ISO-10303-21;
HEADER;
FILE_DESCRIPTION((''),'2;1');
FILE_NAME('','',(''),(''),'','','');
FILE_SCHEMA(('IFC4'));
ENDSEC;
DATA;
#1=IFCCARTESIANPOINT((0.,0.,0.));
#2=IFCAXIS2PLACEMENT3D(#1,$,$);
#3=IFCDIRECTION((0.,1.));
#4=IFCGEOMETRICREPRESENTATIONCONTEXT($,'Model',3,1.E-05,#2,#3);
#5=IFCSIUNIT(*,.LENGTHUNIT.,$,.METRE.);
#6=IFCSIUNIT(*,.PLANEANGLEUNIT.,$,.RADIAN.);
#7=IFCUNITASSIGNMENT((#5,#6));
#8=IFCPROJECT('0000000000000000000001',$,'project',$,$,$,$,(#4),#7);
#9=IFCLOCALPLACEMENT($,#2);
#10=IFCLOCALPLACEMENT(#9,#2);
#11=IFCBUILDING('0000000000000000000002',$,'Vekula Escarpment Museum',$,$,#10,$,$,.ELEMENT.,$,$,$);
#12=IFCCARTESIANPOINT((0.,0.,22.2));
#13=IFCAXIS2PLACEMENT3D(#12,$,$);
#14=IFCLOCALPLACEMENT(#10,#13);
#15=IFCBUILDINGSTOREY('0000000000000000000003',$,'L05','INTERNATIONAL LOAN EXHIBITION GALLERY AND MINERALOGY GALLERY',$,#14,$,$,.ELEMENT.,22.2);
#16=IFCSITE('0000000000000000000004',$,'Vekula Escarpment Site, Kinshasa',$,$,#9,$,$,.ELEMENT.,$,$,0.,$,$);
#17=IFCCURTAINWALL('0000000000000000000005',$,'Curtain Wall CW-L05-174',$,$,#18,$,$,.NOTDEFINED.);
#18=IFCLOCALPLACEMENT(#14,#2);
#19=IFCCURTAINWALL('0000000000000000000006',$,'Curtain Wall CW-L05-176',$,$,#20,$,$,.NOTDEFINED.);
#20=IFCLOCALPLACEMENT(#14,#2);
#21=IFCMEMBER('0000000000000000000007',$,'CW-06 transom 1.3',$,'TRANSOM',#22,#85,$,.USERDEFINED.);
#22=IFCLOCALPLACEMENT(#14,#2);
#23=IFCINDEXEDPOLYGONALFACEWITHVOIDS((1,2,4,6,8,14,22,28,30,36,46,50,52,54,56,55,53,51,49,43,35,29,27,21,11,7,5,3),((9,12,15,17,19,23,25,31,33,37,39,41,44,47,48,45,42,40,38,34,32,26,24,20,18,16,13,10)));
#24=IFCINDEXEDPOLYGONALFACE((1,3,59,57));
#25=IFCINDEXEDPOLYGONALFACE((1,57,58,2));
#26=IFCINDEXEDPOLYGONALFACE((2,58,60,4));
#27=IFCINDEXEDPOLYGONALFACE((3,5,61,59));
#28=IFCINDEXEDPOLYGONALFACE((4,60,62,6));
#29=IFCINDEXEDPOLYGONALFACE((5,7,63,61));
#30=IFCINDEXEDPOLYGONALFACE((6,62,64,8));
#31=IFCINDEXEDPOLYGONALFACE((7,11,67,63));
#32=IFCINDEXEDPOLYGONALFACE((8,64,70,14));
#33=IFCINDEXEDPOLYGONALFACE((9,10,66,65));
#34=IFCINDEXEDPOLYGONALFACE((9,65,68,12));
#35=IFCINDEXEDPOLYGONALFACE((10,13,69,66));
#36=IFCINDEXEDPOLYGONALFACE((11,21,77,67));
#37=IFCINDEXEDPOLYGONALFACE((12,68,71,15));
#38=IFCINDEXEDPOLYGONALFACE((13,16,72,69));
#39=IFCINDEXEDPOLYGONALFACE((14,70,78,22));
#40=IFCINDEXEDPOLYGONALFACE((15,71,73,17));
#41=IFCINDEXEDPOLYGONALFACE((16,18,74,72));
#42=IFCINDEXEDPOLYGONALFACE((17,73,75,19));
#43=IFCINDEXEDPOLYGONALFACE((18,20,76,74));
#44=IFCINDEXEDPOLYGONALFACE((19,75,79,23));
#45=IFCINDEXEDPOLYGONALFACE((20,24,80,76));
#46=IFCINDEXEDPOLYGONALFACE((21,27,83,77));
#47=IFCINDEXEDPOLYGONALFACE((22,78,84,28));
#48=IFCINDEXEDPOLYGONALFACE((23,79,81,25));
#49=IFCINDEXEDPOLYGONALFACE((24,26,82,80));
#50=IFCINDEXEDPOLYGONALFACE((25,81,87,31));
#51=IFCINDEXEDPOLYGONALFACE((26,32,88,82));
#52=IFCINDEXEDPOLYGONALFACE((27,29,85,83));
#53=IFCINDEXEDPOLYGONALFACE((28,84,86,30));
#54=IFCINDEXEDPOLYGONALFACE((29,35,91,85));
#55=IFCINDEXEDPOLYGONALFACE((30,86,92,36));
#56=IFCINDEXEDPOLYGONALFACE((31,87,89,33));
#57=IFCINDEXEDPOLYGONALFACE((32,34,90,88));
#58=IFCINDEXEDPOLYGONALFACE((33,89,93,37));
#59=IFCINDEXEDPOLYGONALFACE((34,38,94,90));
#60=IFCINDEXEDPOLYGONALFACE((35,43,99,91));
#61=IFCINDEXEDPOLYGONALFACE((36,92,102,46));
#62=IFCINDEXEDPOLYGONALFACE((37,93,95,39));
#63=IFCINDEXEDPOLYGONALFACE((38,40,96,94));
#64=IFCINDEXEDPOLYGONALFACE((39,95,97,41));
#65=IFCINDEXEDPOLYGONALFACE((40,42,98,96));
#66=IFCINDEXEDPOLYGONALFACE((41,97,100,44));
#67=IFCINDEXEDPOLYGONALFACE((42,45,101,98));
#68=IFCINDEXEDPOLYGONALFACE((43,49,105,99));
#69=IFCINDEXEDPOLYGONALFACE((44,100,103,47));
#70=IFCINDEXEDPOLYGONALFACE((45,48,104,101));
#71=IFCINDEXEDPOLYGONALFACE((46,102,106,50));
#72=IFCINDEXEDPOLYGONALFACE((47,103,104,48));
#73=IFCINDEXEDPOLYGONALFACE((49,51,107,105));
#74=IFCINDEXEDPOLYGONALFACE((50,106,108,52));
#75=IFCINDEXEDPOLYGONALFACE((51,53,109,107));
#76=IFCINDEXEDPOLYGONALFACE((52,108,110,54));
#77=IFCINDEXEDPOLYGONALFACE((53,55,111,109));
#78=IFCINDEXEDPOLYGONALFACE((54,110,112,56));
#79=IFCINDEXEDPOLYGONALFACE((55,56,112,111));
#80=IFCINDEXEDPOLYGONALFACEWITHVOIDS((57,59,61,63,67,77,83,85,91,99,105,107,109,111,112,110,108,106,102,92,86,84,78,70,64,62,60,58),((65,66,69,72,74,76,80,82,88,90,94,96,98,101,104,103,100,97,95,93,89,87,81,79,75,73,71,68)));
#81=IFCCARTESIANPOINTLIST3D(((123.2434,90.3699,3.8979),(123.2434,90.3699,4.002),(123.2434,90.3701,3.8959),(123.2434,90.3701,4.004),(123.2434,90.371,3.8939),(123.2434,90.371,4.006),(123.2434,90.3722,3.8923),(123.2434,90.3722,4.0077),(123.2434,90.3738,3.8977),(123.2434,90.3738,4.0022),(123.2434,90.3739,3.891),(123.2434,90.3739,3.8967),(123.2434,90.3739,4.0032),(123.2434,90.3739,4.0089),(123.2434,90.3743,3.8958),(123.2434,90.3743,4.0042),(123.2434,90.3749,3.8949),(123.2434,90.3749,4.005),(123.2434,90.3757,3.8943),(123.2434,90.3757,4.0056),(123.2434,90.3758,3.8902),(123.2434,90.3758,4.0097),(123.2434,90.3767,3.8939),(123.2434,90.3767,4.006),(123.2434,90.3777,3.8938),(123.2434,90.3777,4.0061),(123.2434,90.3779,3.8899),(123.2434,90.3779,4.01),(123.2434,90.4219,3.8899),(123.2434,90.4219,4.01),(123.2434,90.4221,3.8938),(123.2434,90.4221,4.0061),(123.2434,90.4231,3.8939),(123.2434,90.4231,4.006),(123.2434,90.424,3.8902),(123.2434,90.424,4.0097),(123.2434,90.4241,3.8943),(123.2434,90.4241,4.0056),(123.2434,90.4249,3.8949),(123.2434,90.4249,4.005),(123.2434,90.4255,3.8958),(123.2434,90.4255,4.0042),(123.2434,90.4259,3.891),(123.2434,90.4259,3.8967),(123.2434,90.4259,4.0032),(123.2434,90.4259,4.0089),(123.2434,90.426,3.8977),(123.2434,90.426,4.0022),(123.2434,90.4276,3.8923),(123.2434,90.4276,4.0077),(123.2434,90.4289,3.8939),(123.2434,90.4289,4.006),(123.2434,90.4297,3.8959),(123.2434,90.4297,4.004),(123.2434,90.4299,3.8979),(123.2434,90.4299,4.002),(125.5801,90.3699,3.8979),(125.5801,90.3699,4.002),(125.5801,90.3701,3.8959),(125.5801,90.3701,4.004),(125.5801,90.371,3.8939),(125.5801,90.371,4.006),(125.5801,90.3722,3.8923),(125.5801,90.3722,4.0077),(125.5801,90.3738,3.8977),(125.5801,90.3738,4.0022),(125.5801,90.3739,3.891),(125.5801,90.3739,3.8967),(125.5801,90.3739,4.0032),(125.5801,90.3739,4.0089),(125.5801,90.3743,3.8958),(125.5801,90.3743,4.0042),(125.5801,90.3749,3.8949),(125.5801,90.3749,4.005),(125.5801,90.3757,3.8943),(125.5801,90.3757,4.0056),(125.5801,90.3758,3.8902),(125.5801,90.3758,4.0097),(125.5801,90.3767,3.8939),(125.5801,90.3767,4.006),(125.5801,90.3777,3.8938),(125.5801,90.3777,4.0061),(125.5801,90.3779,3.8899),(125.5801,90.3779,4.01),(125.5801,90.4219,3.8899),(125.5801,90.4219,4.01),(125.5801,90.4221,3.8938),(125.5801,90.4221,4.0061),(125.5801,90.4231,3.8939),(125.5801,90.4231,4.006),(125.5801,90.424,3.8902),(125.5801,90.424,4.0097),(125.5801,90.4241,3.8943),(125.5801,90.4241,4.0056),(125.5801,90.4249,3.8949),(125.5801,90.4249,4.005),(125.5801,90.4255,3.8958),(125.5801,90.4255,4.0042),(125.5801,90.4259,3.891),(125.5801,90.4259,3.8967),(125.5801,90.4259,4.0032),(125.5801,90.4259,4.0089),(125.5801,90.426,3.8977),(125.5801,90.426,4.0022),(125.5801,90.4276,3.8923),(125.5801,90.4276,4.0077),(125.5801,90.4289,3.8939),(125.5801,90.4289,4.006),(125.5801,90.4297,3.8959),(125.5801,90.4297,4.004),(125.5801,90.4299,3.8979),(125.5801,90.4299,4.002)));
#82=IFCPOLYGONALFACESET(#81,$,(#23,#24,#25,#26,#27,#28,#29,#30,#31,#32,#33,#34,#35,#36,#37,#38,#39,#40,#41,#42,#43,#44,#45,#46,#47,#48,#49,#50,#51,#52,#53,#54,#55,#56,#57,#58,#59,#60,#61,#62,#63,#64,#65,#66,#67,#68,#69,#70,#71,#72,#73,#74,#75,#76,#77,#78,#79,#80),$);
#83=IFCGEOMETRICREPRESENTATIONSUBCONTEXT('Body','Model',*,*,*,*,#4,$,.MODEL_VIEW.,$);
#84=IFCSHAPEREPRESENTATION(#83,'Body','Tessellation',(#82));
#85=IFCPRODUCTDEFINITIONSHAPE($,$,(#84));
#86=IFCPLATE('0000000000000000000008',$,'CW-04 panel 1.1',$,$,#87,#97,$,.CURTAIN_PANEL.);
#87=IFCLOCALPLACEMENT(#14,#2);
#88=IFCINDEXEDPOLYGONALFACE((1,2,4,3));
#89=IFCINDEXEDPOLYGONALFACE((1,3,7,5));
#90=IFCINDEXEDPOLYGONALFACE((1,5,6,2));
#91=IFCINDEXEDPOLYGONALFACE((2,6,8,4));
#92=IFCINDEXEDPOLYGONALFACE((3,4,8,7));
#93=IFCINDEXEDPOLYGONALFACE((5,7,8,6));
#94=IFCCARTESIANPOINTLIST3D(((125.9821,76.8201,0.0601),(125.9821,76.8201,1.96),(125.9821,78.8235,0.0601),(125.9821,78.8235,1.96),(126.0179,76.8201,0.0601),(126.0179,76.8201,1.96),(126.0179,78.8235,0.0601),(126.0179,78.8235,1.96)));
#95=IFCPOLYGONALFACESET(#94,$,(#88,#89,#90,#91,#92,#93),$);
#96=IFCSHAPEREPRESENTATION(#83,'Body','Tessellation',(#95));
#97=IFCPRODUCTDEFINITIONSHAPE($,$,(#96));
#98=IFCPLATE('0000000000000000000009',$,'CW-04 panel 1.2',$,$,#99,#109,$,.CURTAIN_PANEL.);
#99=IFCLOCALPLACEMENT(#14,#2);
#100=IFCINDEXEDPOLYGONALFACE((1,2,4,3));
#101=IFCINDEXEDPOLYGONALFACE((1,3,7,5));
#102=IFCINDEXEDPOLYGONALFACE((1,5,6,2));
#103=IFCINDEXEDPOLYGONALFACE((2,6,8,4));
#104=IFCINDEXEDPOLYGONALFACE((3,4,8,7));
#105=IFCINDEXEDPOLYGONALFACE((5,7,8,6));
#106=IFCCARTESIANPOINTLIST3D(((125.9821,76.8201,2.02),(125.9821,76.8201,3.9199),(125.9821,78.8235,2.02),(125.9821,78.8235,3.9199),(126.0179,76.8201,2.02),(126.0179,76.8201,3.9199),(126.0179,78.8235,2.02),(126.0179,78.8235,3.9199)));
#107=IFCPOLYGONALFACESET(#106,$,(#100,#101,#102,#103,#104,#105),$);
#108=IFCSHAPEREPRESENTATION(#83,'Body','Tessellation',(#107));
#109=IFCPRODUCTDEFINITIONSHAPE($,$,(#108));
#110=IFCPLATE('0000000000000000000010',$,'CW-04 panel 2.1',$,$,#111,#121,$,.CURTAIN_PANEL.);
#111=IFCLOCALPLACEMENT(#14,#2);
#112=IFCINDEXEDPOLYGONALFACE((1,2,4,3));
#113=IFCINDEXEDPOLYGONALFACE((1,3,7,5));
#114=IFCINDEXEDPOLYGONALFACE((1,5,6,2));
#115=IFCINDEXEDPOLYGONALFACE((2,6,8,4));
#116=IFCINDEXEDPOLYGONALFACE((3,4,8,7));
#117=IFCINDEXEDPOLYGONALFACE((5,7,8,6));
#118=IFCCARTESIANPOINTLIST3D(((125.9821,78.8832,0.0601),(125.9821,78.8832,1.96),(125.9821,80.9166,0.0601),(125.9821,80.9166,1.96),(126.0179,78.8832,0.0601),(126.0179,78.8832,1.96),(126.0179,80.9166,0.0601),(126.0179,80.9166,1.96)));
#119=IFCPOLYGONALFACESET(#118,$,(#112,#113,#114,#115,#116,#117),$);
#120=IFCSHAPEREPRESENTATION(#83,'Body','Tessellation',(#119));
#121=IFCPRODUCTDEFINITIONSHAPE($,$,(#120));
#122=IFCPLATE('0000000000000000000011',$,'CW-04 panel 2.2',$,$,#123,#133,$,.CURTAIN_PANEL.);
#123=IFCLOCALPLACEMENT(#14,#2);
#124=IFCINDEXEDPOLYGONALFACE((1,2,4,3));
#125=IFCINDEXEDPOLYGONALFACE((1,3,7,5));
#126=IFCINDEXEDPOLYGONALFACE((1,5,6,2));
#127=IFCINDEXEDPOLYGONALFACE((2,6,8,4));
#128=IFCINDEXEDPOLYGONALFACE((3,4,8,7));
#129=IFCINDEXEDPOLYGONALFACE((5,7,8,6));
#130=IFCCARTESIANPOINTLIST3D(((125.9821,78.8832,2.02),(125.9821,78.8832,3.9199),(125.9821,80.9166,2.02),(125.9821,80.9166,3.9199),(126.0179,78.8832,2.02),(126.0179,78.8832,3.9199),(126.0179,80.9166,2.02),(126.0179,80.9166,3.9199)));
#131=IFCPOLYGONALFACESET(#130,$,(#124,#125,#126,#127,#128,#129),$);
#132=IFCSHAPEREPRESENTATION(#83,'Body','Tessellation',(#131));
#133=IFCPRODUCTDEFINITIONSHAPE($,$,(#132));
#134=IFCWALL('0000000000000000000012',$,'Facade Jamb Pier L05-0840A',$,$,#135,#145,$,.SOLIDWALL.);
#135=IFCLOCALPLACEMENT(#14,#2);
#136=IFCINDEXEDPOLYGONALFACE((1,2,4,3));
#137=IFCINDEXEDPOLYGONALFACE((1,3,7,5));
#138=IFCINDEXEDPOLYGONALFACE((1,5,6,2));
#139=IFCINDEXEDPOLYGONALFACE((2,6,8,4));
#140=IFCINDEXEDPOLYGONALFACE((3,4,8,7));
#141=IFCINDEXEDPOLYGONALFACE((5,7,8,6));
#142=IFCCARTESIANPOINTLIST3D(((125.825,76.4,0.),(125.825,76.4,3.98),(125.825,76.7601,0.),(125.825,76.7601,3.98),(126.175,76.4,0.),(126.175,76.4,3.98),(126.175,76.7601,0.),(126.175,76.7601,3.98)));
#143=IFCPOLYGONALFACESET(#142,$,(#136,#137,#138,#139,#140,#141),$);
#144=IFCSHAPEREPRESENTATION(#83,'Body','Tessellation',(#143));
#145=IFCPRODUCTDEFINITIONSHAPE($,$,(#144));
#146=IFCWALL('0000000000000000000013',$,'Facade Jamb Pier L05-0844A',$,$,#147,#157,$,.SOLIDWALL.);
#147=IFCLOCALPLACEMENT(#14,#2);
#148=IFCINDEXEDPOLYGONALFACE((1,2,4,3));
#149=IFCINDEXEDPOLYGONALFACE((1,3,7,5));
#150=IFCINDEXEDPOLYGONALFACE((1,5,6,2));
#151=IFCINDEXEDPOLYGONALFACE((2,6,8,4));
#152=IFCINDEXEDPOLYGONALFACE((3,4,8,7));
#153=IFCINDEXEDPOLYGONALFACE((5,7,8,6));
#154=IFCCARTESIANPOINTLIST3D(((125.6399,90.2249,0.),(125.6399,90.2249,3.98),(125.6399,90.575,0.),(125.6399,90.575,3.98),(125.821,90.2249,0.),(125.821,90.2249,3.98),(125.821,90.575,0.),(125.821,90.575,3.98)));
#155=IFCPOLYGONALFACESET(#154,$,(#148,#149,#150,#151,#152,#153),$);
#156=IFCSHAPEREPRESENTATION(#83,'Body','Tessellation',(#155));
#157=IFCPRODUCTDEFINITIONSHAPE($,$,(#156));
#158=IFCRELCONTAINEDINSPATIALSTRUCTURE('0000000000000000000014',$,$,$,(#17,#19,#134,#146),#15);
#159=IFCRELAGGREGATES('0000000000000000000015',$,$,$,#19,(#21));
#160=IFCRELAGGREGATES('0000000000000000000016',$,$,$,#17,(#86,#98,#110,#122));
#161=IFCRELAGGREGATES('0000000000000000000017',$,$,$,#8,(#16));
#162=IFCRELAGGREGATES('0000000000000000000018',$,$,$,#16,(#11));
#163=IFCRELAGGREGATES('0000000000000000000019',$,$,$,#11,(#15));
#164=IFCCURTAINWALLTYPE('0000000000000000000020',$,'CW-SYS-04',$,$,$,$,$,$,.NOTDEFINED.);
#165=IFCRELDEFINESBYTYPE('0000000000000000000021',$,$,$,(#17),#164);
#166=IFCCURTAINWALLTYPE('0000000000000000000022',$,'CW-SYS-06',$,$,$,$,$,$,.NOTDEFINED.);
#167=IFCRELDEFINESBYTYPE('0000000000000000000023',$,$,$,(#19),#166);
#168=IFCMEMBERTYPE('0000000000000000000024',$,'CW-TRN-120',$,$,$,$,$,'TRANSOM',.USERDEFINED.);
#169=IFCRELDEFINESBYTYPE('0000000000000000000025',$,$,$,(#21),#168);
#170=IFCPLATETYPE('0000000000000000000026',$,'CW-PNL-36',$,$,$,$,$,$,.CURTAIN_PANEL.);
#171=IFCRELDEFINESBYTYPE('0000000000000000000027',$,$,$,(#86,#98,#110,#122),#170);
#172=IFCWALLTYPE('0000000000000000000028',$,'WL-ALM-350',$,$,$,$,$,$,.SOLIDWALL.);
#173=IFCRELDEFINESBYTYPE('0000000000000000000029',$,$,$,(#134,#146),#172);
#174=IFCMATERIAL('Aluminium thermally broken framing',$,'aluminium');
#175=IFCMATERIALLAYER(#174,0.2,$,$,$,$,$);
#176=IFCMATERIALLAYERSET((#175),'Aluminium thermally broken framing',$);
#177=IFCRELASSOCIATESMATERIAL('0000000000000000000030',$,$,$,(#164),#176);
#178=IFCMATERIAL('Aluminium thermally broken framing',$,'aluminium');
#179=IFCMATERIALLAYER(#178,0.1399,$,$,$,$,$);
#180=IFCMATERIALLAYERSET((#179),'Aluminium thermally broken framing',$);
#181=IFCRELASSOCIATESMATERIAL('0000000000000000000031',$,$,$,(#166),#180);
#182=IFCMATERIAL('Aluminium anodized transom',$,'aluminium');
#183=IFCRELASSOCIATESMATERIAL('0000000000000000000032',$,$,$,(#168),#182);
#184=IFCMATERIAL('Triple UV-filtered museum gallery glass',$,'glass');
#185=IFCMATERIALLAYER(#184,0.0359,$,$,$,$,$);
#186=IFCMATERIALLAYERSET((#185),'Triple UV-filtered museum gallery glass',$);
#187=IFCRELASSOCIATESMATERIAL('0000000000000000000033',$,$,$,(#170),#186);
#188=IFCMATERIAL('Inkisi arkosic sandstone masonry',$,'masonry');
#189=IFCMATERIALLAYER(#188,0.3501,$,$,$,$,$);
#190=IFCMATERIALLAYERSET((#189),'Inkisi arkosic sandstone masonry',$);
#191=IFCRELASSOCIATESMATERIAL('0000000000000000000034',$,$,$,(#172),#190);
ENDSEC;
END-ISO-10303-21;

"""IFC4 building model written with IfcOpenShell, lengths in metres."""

from ifc_helpers import new_model, si_unit, direction, frame, frame_2d, origin, origin_2d, place, context, subcontext, project, spatial, rectangle, hollow_rectangle, extrude, material, layer, layer_set, material_profile, profile_set, type_object, element, aggregate, save


model = new_model("IFC4")

# Units and contexts
model_context = context("Model", 3, precision=1e-05, world=origin(), true_north=direction((0.0, 1.0)))
body_context = subcontext(model_context, "Body", "Model", "MODEL_VIEW")
ifc_project = project(units=[si_unit("LENGTHUNIT", "METRE"), si_unit("PLANEANGLEUNIT", "RADIAN")], contexts=[model_context])

# Site, building, storey
site_placement = place(None, origin())
site = spatial("IfcSite", under=ifc_project, at=site_placement, Name="Vekula Escarpment Site, Kinshasa", CompositionType="ELEMENT", RefElevation=0.0)
building_placement = place(site_placement, origin())
building = spatial("IfcBuilding", under=site, at=building_placement, Name="Vekula Escarpment Museum", CompositionType="ELEMENT")
storey_placement = place(building_placement, frame((0.0, 0.0, 22.2)))
storey = spatial("IfcBuildingStorey", under=building, at=storey_placement, Name="L05", Description="INTERNATIONAL LOAN EXHIBITION GALLERY AND MINERALOGY GALLERY", CompositionType="ELEMENT", Elevation=22.2)

# Curtain wall
ifc_material_1 = material(Name="Aluminium thermally broken framing", Category="aluminium")
ifc_layer_1 = layer(ifc_material_1, 0.2)
ifc_layer_set_1 = layer_set([ifc_layer_1], Name="Aluminium thermally broken framing")
curtain_wall_type_1 = type_object("IfcCurtainWallType", Name="CW-SYS-04", PredefinedType="NOTDEFINED", material=ifc_layer_set_1)
curtain_wall_1_placement = place(storey_placement, origin())
curtain_wall_1 = element("IfcCurtainWall", 1, at=curtain_wall_1_placement, inside=storey, type_object=curtain_wall_type_1, Name="Curtain Wall CW-L05-174", PredefinedType="NOTDEFINED")

# Curtain wall
ifc_material_2 = material(Name="Aluminium thermally broken framing", Category="aluminium")
ifc_layer_2 = layer(ifc_material_2, 0.1399)
ifc_layer_set_2 = layer_set([ifc_layer_2], Name="Aluminium thermally broken framing")
curtain_wall_type_2 = type_object("IfcCurtainWallType", Name="CW-SYS-06", PredefinedType="NOTDEFINED", material=ifc_layer_set_2)
curtain_wall_2_placement = place(storey_placement, origin())
curtain_wall_2 = element("IfcCurtainWall", 2, at=curtain_wall_2_placement, inside=storey, type_object=curtain_wall_type_2, Name="Curtain Wall CW-L05-176", PredefinedType="NOTDEFINED")

# Member
ifc_material_3 = material(Name="Aluminium anodized transom", Category="aluminium")
ifc_material_profile_1 = material_profile(ifc_material_3, hollow_rectangle(XDim=0.0601, YDim=0.1201, WallThickness=0.0039, InnerFilletRadius=0.0039, OuterFilletRadius=0.0081, at=origin_2d()), Name="ALU 120x60x4")
ifc_profile_set_1 = profile_set([ifc_material_profile_1], Name="Aluminium anodized transom")
member_type_1 = type_object("IfcMemberType", Name="CW-TRN-120", ElementType="TRANSOM", PredefinedType="USERDEFINED", material=ifc_profile_set_1)
member_1_placement = place(storey_placement, frame((125.5801, 90.3999, 3.95), z_axis=(-1.0, 0.0, 0.0), x_axis=(0.0, -1.0, 0.0)))
member_1 = element("IfcMember", 3, at=member_1_placement, type_object=member_type_1, Name="CW-06 transom 1.3", ObjectType="TRANSOM", PredefinedType="USERDEFINED", context=body_context, shape_type="SweptSolid", body=[
    extrude(hollow_rectangle(XDim=0.0601, YDim=0.1201, WallThickness=0.0039, InnerFilletRadius=0.0039, OuterFilletRadius=0.0081, at=origin_2d()), origin(), (0.0, 0.0, 1.0), 2.3367),
])
aggregate(curtain_wall_2, [member_1])

# Plates
ifc_material_4 = material(Name="Triple UV-filtered museum gallery glass", Category="glass")
ifc_layer_3 = layer(ifc_material_4, 0.0359)
ifc_layer_set_3 = layer_set([ifc_layer_3], Name="Triple UV-filtered museum gallery glass")
plate_type = type_object("IfcPlateType", Name="CW-PNL-36", PredefinedType="CURTAIN_PANEL", material=ifc_layer_set_3)
plate_1_placement = place(storey_placement, frame((126.0, 77.8218, 0.0601), z_axis=(0.0, 0.0, 1.0), x_axis=(0.0, 1.0, 0.0)))
plate_1 = element("IfcPlate", 4, at=plate_1_placement, type_object=plate_type, Name="CW-04 panel 1.1", PredefinedType="CURTAIN_PANEL", context=body_context, shape_type="SweptSolid", body=[
    extrude(rectangle(XDim=2.0034, YDim=0.0359, at=origin_2d()), origin(), (0.0, 0.0, 1.0), 1.8999),
])
plate_2_placement = place(storey_placement, frame((126.0, 77.8218, 2.02), z_axis=(0.0, 0.0, 1.0), x_axis=(0.0, 1.0, 0.0)))
plate_2 = element("IfcPlate", 5, at=plate_2_placement, type_object=plate_type, Name="CW-04 panel 1.2", PredefinedType="CURTAIN_PANEL", context=body_context, shape_type="SweptSolid", body=[
    extrude(rectangle(XDim=2.0034, YDim=0.0359, at=origin_2d()), origin(), (0.0, 0.0, 1.0), 1.8999),
])
plate_3_placement = place(storey_placement, frame((126.0, 79.8999, 0.0601), z_axis=(0.0, 0.0, 1.0), x_axis=(0.0, 1.0, 0.0)))
plate_3 = element("IfcPlate", 6, at=plate_3_placement, type_object=plate_type, Name="CW-04 panel 2.1", PredefinedType="CURTAIN_PANEL", context=body_context, shape_type="SweptSolid", body=[
    extrude(rectangle(XDim=2.0334, YDim=0.0359, at=origin_2d()), origin(), (0.0, 0.0, 1.0), 1.8999),
])
plate_4_placement = place(storey_placement, frame((126.0, 79.8999, 2.02), z_axis=(0.0, 0.0, 1.0), x_axis=(0.0, 1.0, 0.0)))
plate_4 = element("IfcPlate", 7, at=plate_4_placement, type_object=plate_type, Name="CW-04 panel 2.2", PredefinedType="CURTAIN_PANEL", context=body_context, shape_type="SweptSolid", body=[
    extrude(rectangle(XDim=2.0334, YDim=0.0359, at=origin_2d()), origin(), (0.0, 0.0, 1.0), 1.8999),
])
aggregate(curtain_wall_1, [plate_1, plate_2, plate_3, plate_4])

# Walls
ifc_material_5 = material(Name="Inkisi arkosic sandstone masonry", Category="masonry")
ifc_layer_4 = layer(ifc_material_5, 0.3501)
ifc_layer_set_4 = layer_set([ifc_layer_4], Name="Inkisi arkosic sandstone masonry")
wall_type = type_object("IfcWallType", Name="WL-ALM-350", PredefinedType="SOLIDWALL", material=ifc_layer_set_4)
wall_1_placement = place(storey_placement, frame((126.0, 76.3999, 0.0), z_axis=(0.0, 0.0, 1.0), x_axis=(0.0, 1.0, 0.0)))
element("IfcWall", 8, at=wall_1_placement, inside=storey, type_object=wall_type, Name="Facade Jamb Pier L05-0840A", PredefinedType="SOLIDWALL", context=body_context, shape_type="SweptSolid", body=[
    extrude(rectangle(XDim=0.3601, YDim=0.3501, at=frame_2d((0.1802, 0.0))), origin(), (0.0, 0.0, 1.0), 3.98),
])
wall_2_placement = place(storey_placement, frame((125.821, 90.3999, 0.0), z_axis=(0.0, 0.0, 1.0), x_axis=(-1.0, 0.0, 0.0)))
element("IfcWall", 9, at=wall_2_placement, inside=storey, type_object=wall_type, Name="Facade Jamb Pier L05-0844A", PredefinedType="SOLIDWALL", context=body_context, shape_type="SweptSolid", body=[
    extrude(rectangle(XDim=0.1812, YDim=0.3501, at=frame_2d((0.0906, 0.0))), origin(), (0.0, 0.0, 1.0), 3.98),
])

save(model, "model.ifc")
